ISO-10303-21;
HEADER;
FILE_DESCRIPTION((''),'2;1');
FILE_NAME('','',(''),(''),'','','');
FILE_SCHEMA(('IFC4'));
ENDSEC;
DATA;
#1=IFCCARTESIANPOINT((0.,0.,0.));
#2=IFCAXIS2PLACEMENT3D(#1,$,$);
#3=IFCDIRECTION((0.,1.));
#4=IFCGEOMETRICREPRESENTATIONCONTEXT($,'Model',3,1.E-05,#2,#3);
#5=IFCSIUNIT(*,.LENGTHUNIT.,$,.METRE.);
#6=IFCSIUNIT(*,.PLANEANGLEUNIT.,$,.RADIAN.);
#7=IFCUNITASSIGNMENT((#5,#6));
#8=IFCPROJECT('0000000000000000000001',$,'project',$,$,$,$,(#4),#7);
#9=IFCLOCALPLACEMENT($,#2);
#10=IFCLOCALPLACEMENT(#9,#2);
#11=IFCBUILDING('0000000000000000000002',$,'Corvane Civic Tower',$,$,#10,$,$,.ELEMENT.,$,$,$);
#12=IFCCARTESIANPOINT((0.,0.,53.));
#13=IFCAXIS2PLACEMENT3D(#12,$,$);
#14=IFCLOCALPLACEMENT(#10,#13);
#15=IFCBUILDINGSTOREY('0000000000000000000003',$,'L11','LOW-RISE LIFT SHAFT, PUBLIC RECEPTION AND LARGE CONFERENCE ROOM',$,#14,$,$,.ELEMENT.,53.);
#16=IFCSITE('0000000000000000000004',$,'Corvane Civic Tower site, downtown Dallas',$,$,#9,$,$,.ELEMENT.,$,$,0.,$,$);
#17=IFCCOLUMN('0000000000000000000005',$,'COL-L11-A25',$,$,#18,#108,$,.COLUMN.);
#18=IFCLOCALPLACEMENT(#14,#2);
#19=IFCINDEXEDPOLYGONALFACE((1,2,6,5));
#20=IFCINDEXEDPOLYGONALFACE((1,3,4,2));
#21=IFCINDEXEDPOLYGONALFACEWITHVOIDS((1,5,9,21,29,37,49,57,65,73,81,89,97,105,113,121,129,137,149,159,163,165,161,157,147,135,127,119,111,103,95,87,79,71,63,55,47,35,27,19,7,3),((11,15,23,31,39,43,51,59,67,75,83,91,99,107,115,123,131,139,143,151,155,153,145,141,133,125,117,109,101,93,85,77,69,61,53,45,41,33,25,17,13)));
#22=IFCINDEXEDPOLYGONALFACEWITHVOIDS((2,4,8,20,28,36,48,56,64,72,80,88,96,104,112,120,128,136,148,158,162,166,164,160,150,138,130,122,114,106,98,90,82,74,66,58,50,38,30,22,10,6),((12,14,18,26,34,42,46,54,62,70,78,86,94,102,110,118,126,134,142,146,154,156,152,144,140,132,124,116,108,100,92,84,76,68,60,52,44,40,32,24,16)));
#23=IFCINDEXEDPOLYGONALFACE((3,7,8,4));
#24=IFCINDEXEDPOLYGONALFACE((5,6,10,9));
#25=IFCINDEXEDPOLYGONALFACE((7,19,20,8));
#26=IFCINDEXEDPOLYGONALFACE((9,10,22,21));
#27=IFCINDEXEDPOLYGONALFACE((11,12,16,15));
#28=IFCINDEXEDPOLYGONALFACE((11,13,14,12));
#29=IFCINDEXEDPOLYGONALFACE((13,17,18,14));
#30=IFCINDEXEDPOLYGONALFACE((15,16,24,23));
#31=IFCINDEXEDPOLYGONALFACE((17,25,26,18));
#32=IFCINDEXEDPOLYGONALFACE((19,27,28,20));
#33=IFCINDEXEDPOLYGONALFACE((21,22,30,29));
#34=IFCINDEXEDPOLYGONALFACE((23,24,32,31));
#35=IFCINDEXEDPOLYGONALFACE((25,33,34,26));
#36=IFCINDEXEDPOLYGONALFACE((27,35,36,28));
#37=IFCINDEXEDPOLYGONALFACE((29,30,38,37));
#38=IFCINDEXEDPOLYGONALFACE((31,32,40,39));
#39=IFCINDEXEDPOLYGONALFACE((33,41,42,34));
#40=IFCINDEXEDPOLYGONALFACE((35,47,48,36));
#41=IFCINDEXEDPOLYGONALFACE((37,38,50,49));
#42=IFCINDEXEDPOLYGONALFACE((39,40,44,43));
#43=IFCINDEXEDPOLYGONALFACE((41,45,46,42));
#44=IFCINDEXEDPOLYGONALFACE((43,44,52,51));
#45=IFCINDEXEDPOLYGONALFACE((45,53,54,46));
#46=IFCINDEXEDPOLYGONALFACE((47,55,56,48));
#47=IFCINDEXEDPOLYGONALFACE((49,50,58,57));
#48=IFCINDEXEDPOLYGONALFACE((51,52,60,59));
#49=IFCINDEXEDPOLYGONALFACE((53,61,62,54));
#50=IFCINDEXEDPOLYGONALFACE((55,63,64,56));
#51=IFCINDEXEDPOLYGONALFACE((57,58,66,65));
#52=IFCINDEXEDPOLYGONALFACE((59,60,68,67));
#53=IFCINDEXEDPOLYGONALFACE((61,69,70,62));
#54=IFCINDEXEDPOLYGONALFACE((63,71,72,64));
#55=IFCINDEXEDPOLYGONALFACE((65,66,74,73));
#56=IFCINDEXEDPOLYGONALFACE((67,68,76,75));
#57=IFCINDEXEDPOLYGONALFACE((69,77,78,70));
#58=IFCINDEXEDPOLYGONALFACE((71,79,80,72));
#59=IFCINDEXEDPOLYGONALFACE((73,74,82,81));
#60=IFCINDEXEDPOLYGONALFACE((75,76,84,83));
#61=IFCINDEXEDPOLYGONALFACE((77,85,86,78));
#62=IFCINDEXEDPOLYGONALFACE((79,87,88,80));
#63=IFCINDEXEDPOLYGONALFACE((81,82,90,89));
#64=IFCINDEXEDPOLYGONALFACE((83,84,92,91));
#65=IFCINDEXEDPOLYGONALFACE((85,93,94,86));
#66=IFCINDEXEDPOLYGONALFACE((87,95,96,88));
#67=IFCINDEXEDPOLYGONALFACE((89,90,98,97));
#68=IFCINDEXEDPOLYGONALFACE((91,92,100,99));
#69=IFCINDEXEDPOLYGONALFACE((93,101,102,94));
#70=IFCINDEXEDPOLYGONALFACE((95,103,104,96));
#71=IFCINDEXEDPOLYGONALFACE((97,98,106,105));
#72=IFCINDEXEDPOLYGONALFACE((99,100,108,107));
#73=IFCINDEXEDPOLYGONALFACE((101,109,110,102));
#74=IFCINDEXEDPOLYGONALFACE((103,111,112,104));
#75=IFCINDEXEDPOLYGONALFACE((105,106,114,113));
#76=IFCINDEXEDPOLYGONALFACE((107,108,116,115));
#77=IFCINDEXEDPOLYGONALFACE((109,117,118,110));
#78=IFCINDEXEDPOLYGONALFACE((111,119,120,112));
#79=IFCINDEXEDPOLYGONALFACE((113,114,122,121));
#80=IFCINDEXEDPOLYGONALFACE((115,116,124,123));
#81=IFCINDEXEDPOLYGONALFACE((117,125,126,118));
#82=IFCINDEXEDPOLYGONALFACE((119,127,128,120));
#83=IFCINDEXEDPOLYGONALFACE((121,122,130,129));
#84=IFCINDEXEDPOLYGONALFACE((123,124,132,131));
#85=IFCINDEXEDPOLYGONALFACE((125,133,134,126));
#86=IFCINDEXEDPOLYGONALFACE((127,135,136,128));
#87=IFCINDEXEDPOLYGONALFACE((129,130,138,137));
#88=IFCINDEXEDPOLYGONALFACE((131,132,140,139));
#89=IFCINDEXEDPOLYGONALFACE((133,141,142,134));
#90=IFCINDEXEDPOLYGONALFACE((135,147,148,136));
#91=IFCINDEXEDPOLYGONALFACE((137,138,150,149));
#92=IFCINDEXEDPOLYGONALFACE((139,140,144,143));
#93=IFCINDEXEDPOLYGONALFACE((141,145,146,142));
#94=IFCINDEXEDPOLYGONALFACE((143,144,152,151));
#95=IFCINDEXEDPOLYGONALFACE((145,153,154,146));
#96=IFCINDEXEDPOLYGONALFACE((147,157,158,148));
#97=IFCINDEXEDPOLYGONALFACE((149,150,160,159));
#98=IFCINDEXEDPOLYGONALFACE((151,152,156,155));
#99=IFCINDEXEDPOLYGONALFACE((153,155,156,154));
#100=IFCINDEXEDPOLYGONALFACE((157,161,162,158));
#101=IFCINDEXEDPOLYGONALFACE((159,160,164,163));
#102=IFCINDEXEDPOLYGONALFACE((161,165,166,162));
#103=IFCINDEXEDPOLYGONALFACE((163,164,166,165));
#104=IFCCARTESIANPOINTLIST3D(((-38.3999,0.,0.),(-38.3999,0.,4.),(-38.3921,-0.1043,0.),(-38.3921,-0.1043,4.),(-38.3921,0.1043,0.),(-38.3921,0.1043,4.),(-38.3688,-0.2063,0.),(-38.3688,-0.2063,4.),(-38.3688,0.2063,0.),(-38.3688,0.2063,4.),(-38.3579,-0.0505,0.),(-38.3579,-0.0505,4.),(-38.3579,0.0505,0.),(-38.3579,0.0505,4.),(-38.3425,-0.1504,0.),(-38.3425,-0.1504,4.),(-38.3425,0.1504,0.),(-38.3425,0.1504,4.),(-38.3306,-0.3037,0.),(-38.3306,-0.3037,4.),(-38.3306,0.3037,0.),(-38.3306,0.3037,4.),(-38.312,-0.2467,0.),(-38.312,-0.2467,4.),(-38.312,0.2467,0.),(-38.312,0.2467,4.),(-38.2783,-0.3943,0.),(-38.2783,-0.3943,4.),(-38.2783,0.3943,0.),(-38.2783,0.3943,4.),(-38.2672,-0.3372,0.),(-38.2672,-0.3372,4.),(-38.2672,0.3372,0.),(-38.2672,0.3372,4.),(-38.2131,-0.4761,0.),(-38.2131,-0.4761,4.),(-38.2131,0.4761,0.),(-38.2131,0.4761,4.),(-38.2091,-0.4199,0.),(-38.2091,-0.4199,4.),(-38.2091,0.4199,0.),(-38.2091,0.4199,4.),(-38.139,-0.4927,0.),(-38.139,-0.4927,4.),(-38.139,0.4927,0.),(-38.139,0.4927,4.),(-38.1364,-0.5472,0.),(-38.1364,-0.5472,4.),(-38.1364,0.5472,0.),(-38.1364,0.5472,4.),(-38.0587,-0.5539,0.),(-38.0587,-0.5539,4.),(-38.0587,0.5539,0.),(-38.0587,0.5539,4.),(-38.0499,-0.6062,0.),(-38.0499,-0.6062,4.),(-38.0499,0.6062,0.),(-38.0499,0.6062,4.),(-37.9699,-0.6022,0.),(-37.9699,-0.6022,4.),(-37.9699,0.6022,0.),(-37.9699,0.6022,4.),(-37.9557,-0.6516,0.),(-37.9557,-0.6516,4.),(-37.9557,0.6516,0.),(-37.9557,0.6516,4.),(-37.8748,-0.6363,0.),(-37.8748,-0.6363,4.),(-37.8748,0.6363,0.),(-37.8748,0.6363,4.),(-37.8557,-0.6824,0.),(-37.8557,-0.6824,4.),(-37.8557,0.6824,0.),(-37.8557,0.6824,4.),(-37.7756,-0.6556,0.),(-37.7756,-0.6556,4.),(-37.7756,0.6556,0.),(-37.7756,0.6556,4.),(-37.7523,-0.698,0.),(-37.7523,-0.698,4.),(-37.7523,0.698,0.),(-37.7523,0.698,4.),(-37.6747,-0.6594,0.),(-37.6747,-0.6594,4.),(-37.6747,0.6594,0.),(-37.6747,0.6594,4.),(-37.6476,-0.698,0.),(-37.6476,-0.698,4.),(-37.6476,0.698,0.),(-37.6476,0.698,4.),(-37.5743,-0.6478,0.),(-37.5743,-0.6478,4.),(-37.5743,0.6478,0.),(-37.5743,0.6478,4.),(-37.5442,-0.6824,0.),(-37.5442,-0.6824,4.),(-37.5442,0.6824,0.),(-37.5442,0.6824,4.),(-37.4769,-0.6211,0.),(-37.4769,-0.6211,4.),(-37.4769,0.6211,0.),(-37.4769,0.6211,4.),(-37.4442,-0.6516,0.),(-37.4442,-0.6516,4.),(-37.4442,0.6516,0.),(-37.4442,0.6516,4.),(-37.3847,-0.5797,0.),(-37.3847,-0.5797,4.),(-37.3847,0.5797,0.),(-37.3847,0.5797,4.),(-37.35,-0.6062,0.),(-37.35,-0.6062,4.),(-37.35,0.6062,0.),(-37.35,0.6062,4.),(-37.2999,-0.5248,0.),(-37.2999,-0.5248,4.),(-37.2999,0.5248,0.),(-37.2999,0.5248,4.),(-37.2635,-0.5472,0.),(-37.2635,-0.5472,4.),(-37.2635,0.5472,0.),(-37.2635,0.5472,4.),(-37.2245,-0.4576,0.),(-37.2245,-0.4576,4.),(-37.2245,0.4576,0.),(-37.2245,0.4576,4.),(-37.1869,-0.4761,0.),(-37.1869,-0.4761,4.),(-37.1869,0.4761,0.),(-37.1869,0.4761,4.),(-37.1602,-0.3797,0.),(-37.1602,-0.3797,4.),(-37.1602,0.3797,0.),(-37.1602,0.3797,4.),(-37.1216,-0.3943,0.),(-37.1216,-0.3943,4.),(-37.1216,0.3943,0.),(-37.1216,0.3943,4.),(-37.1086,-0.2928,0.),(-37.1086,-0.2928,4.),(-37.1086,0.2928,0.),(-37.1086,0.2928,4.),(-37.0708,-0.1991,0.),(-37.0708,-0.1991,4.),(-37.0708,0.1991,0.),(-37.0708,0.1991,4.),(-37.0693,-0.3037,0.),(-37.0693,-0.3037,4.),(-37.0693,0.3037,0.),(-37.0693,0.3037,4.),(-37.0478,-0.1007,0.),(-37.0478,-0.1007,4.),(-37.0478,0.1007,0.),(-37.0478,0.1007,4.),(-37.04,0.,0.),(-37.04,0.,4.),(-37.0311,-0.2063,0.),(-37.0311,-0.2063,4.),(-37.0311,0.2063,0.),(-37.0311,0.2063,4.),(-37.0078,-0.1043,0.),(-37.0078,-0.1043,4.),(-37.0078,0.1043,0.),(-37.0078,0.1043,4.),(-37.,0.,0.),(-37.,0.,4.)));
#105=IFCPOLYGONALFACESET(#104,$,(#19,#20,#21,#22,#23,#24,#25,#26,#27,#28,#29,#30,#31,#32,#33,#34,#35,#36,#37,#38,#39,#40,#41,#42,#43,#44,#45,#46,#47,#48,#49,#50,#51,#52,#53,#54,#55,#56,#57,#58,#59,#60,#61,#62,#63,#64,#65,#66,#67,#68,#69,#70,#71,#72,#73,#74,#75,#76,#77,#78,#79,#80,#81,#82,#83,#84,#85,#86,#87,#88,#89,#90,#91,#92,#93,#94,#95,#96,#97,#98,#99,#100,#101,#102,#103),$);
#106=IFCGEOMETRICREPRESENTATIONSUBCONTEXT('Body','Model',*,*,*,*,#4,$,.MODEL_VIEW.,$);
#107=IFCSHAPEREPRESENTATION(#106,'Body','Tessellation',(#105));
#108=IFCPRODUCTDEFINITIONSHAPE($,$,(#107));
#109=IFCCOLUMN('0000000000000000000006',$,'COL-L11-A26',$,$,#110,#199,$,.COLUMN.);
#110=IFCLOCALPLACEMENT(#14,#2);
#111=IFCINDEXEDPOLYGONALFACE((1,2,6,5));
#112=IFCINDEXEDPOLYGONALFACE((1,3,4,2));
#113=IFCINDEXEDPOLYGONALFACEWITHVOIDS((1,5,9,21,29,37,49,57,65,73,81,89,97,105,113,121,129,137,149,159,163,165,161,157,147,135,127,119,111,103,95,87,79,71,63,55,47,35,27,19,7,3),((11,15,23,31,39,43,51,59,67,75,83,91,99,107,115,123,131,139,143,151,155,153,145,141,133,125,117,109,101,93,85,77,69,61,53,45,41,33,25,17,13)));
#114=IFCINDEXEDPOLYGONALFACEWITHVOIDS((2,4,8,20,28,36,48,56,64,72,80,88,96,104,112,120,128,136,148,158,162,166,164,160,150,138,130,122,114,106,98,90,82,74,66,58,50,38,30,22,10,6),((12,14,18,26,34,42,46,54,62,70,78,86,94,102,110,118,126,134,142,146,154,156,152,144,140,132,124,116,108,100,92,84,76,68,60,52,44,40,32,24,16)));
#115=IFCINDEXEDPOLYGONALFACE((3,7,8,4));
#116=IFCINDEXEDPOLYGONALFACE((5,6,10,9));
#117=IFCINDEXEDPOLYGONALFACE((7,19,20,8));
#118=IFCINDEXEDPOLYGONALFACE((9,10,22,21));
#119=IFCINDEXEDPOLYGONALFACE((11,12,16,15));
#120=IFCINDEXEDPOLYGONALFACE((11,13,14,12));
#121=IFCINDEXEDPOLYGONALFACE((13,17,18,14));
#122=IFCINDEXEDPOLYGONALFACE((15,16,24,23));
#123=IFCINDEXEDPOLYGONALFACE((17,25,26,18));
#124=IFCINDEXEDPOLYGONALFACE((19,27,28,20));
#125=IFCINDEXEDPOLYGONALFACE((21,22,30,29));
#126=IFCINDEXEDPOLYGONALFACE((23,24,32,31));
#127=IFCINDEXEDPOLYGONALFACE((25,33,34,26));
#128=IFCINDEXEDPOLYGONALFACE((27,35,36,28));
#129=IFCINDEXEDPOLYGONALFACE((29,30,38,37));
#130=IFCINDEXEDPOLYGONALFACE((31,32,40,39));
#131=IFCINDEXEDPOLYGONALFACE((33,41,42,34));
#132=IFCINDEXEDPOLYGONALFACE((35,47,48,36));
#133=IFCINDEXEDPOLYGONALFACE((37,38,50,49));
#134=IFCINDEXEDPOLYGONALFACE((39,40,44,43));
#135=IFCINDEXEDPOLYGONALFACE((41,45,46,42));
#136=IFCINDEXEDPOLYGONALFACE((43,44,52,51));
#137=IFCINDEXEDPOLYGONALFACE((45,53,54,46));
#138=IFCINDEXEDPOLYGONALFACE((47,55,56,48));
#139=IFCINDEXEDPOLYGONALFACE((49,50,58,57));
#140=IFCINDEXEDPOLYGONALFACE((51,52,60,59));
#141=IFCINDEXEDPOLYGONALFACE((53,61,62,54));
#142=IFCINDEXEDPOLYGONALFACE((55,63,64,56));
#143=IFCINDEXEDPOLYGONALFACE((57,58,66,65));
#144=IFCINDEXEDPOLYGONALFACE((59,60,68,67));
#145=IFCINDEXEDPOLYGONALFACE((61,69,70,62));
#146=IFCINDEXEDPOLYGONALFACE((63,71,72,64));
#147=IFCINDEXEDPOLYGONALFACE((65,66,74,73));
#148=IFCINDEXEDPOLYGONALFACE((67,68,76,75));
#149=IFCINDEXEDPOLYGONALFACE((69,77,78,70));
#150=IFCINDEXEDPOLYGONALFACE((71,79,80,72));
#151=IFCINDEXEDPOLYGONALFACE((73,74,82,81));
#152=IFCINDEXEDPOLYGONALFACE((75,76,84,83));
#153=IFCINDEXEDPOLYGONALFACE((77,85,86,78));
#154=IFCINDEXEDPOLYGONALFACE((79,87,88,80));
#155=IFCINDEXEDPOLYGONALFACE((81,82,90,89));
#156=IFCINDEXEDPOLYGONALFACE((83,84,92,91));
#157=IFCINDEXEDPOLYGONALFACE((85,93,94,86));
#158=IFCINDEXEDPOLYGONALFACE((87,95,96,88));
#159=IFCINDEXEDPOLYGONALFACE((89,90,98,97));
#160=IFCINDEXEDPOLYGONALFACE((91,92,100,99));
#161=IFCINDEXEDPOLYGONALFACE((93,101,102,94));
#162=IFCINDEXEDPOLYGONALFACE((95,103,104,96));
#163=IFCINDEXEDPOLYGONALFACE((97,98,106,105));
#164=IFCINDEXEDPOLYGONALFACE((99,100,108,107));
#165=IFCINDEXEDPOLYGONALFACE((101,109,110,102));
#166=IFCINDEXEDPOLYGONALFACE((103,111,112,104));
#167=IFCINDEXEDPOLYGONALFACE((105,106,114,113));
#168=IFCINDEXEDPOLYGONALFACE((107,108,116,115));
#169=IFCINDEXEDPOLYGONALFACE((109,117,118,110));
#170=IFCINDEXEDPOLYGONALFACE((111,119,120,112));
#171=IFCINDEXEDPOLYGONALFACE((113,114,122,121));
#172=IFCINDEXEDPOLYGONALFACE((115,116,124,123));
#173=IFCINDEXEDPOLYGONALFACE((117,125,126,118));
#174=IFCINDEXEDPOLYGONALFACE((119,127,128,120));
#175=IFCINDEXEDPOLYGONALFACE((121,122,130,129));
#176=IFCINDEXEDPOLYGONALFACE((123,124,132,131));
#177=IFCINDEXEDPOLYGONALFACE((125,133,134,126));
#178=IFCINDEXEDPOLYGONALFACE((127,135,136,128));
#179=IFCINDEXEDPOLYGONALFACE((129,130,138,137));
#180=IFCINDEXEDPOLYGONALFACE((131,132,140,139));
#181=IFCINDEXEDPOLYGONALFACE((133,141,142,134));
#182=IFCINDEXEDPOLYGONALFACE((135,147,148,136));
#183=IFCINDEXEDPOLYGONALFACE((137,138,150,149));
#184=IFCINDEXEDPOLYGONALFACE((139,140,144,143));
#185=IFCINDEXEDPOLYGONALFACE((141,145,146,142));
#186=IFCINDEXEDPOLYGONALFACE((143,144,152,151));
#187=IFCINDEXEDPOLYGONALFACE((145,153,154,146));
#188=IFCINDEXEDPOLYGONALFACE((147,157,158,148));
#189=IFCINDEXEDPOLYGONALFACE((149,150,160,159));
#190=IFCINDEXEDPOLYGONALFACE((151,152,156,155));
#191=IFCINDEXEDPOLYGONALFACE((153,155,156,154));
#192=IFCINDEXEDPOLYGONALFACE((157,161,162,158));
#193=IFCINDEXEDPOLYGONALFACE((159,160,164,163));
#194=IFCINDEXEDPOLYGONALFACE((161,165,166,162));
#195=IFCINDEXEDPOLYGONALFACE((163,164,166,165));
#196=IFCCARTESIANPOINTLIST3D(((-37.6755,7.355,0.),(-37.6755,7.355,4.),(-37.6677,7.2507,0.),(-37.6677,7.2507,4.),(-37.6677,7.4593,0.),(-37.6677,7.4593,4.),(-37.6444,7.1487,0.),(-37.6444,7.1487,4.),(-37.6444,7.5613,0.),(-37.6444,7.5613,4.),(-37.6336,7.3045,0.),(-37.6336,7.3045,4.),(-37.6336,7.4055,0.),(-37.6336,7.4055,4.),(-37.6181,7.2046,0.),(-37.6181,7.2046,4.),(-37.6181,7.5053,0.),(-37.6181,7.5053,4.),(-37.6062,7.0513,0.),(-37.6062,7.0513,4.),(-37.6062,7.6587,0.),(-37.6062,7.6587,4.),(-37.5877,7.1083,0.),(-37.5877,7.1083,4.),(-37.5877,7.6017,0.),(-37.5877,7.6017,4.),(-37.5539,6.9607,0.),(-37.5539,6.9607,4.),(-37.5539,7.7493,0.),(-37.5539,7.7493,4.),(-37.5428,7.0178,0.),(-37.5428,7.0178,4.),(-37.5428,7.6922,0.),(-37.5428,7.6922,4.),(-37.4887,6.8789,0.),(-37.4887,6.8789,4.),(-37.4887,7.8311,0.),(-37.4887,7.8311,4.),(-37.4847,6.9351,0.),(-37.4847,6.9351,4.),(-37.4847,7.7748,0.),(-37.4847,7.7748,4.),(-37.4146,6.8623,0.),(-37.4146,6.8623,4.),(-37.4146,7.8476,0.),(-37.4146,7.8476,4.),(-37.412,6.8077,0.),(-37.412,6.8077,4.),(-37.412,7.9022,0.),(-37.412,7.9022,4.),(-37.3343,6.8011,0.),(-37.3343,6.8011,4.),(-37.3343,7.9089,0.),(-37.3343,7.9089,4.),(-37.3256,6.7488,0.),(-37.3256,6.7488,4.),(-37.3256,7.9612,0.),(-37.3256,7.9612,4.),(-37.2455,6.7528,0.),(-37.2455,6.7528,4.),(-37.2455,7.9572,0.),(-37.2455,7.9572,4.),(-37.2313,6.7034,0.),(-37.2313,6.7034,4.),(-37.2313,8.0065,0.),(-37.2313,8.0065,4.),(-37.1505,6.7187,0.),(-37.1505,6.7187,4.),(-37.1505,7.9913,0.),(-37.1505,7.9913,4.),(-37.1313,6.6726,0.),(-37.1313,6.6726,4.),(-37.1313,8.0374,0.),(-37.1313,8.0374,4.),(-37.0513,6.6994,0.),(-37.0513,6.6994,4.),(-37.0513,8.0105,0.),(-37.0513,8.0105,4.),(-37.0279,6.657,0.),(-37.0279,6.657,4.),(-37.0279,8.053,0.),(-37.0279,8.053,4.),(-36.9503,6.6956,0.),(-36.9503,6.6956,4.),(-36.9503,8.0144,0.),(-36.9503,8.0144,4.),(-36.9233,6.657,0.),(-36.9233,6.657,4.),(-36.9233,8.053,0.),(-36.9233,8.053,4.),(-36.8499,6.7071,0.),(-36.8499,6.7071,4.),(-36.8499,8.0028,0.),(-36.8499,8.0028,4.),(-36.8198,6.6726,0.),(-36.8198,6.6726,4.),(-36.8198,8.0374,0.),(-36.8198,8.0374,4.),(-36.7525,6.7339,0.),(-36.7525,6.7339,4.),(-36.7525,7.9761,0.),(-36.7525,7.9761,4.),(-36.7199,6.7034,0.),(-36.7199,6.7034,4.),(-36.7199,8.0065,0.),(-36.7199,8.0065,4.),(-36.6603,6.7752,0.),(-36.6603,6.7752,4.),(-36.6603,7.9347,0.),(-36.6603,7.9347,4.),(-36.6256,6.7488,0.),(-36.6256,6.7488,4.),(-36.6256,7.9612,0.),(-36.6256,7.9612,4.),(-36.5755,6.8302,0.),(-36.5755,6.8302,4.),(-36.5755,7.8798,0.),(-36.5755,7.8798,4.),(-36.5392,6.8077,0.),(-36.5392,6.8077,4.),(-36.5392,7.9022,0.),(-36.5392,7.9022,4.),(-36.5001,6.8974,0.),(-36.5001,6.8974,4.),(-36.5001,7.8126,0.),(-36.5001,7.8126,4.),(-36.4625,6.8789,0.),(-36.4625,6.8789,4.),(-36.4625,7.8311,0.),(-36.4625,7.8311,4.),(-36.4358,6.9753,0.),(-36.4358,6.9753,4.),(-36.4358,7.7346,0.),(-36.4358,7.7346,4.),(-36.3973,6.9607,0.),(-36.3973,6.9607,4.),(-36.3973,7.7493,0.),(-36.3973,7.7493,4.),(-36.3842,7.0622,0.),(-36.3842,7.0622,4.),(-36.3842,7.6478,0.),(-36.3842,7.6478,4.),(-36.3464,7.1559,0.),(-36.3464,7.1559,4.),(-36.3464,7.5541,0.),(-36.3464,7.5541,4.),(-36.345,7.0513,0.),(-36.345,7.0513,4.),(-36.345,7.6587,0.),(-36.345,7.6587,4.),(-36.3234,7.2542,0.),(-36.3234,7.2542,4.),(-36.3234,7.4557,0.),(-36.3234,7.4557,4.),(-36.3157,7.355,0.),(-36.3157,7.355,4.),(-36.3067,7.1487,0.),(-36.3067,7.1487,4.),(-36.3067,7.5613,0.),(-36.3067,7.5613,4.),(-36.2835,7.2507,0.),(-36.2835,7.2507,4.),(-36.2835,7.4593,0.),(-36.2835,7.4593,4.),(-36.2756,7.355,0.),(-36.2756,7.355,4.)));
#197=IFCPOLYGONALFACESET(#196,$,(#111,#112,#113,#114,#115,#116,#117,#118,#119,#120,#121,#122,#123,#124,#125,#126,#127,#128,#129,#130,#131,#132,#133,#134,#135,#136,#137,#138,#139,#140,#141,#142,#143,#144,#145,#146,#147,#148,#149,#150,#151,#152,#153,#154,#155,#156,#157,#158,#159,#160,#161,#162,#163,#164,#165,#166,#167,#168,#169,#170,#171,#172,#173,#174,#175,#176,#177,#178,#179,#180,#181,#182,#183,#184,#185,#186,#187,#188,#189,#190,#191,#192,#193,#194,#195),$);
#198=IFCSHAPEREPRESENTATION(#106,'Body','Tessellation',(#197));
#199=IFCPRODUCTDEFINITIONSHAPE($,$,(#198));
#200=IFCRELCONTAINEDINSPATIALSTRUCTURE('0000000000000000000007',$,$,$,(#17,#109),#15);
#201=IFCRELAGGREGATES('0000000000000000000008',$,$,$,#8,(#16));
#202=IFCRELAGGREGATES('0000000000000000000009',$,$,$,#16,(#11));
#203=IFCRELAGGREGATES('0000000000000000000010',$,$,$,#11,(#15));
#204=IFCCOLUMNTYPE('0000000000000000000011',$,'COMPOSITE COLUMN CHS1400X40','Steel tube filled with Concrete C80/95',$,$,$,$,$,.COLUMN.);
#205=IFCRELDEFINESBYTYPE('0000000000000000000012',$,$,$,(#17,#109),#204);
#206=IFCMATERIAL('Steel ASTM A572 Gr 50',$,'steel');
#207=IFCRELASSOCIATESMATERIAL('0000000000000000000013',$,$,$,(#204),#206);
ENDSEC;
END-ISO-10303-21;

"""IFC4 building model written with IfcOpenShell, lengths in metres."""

from ifc_helpers import new_model, si_unit, direction, frame, origin, origin_2d, place, context, subcontext, project, spatial, hollow_circle, extrude, material, material_profile, profile_set, type_object, element, save


model = new_model("IFC4")

# Units and contexts
model_context = context("Model", 3, precision=1e-05, world=origin(), true_north=direction((0.0, 1.0)))
body_context = subcontext(model_context, "Body", "Model", "MODEL_VIEW")
ifc_project = project(units=[si_unit("LENGTHUNIT", "METRE"), si_unit("PLANEANGLEUNIT", "RADIAN")], contexts=[model_context])

# Site, building, storey
site_placement = place(None, origin())
site = spatial("IfcSite", under=ifc_project, at=site_placement, Name="Corvane Civic Tower site, downtown Dallas", CompositionType="ELEMENT", RefElevation=0.0)
building_placement = place(site_placement, origin())
building = spatial("IfcBuilding", under=site, at=building_placement, Name="Corvane Civic Tower", CompositionType="ELEMENT")
storey_placement = place(building_placement, frame((0.0, 0.0, 53.0)))
storey = spatial("IfcBuildingStorey", under=building, at=storey_placement, Name="L11", Description="LOW-RISE LIFT SHAFT, PUBLIC RECEPTION AND LARGE CONFERENCE ROOM", CompositionType="ELEMENT", Elevation=53.0)

# Columns
ifc_material_1 = material(Name="Steel ASTM A572 Gr 50", Category="steel")
ifc_material_profile_1 = material_profile(ifc_material_1, hollow_circle(Radius=0.7, WallThickness=0.04, at=origin_2d()), Name="CHS1400X40")
ifc_profile_set_1 = profile_set([ifc_material_profile_1], Name="Steel ASTM A572 Gr 50")
column_type = type_object("IfcColumnType", Name="COMPOSITE COLUMN CHS1400X40", Description="Steel tube filled with Concrete C80/95", PredefinedType="COLUMN", material=ifc_profile_set_1)
for number, where, z_axis, x_axis, name in (
    (1, (-37.7, 0.0, 0.0), (0.0, 0.0, 1.0), (1.0, 0.0, 0.0), "COL-L11-A25"),
    (2, (-36.9756, 7.355, 0.0), (0.0, 0.0, 1.0), (1.0, 0.0, 0.0), "COL-L11-A26"),
):
    element("IfcColumn", number, at=place(storey_placement, frame(where, z_axis=z_axis, x_axis=x_axis)), inside=storey, type_object=column_type, Name=name, PredefinedType="COLUMN", context=body_context, shape_type="SweptSolid", body=[
        extrude(hollow_circle(Radius=0.7, WallThickness=0.04, at=origin_2d()), origin(), (0.0, 0.0, 1.0), 4.0),
    ])

save(model, "model.ifc")
